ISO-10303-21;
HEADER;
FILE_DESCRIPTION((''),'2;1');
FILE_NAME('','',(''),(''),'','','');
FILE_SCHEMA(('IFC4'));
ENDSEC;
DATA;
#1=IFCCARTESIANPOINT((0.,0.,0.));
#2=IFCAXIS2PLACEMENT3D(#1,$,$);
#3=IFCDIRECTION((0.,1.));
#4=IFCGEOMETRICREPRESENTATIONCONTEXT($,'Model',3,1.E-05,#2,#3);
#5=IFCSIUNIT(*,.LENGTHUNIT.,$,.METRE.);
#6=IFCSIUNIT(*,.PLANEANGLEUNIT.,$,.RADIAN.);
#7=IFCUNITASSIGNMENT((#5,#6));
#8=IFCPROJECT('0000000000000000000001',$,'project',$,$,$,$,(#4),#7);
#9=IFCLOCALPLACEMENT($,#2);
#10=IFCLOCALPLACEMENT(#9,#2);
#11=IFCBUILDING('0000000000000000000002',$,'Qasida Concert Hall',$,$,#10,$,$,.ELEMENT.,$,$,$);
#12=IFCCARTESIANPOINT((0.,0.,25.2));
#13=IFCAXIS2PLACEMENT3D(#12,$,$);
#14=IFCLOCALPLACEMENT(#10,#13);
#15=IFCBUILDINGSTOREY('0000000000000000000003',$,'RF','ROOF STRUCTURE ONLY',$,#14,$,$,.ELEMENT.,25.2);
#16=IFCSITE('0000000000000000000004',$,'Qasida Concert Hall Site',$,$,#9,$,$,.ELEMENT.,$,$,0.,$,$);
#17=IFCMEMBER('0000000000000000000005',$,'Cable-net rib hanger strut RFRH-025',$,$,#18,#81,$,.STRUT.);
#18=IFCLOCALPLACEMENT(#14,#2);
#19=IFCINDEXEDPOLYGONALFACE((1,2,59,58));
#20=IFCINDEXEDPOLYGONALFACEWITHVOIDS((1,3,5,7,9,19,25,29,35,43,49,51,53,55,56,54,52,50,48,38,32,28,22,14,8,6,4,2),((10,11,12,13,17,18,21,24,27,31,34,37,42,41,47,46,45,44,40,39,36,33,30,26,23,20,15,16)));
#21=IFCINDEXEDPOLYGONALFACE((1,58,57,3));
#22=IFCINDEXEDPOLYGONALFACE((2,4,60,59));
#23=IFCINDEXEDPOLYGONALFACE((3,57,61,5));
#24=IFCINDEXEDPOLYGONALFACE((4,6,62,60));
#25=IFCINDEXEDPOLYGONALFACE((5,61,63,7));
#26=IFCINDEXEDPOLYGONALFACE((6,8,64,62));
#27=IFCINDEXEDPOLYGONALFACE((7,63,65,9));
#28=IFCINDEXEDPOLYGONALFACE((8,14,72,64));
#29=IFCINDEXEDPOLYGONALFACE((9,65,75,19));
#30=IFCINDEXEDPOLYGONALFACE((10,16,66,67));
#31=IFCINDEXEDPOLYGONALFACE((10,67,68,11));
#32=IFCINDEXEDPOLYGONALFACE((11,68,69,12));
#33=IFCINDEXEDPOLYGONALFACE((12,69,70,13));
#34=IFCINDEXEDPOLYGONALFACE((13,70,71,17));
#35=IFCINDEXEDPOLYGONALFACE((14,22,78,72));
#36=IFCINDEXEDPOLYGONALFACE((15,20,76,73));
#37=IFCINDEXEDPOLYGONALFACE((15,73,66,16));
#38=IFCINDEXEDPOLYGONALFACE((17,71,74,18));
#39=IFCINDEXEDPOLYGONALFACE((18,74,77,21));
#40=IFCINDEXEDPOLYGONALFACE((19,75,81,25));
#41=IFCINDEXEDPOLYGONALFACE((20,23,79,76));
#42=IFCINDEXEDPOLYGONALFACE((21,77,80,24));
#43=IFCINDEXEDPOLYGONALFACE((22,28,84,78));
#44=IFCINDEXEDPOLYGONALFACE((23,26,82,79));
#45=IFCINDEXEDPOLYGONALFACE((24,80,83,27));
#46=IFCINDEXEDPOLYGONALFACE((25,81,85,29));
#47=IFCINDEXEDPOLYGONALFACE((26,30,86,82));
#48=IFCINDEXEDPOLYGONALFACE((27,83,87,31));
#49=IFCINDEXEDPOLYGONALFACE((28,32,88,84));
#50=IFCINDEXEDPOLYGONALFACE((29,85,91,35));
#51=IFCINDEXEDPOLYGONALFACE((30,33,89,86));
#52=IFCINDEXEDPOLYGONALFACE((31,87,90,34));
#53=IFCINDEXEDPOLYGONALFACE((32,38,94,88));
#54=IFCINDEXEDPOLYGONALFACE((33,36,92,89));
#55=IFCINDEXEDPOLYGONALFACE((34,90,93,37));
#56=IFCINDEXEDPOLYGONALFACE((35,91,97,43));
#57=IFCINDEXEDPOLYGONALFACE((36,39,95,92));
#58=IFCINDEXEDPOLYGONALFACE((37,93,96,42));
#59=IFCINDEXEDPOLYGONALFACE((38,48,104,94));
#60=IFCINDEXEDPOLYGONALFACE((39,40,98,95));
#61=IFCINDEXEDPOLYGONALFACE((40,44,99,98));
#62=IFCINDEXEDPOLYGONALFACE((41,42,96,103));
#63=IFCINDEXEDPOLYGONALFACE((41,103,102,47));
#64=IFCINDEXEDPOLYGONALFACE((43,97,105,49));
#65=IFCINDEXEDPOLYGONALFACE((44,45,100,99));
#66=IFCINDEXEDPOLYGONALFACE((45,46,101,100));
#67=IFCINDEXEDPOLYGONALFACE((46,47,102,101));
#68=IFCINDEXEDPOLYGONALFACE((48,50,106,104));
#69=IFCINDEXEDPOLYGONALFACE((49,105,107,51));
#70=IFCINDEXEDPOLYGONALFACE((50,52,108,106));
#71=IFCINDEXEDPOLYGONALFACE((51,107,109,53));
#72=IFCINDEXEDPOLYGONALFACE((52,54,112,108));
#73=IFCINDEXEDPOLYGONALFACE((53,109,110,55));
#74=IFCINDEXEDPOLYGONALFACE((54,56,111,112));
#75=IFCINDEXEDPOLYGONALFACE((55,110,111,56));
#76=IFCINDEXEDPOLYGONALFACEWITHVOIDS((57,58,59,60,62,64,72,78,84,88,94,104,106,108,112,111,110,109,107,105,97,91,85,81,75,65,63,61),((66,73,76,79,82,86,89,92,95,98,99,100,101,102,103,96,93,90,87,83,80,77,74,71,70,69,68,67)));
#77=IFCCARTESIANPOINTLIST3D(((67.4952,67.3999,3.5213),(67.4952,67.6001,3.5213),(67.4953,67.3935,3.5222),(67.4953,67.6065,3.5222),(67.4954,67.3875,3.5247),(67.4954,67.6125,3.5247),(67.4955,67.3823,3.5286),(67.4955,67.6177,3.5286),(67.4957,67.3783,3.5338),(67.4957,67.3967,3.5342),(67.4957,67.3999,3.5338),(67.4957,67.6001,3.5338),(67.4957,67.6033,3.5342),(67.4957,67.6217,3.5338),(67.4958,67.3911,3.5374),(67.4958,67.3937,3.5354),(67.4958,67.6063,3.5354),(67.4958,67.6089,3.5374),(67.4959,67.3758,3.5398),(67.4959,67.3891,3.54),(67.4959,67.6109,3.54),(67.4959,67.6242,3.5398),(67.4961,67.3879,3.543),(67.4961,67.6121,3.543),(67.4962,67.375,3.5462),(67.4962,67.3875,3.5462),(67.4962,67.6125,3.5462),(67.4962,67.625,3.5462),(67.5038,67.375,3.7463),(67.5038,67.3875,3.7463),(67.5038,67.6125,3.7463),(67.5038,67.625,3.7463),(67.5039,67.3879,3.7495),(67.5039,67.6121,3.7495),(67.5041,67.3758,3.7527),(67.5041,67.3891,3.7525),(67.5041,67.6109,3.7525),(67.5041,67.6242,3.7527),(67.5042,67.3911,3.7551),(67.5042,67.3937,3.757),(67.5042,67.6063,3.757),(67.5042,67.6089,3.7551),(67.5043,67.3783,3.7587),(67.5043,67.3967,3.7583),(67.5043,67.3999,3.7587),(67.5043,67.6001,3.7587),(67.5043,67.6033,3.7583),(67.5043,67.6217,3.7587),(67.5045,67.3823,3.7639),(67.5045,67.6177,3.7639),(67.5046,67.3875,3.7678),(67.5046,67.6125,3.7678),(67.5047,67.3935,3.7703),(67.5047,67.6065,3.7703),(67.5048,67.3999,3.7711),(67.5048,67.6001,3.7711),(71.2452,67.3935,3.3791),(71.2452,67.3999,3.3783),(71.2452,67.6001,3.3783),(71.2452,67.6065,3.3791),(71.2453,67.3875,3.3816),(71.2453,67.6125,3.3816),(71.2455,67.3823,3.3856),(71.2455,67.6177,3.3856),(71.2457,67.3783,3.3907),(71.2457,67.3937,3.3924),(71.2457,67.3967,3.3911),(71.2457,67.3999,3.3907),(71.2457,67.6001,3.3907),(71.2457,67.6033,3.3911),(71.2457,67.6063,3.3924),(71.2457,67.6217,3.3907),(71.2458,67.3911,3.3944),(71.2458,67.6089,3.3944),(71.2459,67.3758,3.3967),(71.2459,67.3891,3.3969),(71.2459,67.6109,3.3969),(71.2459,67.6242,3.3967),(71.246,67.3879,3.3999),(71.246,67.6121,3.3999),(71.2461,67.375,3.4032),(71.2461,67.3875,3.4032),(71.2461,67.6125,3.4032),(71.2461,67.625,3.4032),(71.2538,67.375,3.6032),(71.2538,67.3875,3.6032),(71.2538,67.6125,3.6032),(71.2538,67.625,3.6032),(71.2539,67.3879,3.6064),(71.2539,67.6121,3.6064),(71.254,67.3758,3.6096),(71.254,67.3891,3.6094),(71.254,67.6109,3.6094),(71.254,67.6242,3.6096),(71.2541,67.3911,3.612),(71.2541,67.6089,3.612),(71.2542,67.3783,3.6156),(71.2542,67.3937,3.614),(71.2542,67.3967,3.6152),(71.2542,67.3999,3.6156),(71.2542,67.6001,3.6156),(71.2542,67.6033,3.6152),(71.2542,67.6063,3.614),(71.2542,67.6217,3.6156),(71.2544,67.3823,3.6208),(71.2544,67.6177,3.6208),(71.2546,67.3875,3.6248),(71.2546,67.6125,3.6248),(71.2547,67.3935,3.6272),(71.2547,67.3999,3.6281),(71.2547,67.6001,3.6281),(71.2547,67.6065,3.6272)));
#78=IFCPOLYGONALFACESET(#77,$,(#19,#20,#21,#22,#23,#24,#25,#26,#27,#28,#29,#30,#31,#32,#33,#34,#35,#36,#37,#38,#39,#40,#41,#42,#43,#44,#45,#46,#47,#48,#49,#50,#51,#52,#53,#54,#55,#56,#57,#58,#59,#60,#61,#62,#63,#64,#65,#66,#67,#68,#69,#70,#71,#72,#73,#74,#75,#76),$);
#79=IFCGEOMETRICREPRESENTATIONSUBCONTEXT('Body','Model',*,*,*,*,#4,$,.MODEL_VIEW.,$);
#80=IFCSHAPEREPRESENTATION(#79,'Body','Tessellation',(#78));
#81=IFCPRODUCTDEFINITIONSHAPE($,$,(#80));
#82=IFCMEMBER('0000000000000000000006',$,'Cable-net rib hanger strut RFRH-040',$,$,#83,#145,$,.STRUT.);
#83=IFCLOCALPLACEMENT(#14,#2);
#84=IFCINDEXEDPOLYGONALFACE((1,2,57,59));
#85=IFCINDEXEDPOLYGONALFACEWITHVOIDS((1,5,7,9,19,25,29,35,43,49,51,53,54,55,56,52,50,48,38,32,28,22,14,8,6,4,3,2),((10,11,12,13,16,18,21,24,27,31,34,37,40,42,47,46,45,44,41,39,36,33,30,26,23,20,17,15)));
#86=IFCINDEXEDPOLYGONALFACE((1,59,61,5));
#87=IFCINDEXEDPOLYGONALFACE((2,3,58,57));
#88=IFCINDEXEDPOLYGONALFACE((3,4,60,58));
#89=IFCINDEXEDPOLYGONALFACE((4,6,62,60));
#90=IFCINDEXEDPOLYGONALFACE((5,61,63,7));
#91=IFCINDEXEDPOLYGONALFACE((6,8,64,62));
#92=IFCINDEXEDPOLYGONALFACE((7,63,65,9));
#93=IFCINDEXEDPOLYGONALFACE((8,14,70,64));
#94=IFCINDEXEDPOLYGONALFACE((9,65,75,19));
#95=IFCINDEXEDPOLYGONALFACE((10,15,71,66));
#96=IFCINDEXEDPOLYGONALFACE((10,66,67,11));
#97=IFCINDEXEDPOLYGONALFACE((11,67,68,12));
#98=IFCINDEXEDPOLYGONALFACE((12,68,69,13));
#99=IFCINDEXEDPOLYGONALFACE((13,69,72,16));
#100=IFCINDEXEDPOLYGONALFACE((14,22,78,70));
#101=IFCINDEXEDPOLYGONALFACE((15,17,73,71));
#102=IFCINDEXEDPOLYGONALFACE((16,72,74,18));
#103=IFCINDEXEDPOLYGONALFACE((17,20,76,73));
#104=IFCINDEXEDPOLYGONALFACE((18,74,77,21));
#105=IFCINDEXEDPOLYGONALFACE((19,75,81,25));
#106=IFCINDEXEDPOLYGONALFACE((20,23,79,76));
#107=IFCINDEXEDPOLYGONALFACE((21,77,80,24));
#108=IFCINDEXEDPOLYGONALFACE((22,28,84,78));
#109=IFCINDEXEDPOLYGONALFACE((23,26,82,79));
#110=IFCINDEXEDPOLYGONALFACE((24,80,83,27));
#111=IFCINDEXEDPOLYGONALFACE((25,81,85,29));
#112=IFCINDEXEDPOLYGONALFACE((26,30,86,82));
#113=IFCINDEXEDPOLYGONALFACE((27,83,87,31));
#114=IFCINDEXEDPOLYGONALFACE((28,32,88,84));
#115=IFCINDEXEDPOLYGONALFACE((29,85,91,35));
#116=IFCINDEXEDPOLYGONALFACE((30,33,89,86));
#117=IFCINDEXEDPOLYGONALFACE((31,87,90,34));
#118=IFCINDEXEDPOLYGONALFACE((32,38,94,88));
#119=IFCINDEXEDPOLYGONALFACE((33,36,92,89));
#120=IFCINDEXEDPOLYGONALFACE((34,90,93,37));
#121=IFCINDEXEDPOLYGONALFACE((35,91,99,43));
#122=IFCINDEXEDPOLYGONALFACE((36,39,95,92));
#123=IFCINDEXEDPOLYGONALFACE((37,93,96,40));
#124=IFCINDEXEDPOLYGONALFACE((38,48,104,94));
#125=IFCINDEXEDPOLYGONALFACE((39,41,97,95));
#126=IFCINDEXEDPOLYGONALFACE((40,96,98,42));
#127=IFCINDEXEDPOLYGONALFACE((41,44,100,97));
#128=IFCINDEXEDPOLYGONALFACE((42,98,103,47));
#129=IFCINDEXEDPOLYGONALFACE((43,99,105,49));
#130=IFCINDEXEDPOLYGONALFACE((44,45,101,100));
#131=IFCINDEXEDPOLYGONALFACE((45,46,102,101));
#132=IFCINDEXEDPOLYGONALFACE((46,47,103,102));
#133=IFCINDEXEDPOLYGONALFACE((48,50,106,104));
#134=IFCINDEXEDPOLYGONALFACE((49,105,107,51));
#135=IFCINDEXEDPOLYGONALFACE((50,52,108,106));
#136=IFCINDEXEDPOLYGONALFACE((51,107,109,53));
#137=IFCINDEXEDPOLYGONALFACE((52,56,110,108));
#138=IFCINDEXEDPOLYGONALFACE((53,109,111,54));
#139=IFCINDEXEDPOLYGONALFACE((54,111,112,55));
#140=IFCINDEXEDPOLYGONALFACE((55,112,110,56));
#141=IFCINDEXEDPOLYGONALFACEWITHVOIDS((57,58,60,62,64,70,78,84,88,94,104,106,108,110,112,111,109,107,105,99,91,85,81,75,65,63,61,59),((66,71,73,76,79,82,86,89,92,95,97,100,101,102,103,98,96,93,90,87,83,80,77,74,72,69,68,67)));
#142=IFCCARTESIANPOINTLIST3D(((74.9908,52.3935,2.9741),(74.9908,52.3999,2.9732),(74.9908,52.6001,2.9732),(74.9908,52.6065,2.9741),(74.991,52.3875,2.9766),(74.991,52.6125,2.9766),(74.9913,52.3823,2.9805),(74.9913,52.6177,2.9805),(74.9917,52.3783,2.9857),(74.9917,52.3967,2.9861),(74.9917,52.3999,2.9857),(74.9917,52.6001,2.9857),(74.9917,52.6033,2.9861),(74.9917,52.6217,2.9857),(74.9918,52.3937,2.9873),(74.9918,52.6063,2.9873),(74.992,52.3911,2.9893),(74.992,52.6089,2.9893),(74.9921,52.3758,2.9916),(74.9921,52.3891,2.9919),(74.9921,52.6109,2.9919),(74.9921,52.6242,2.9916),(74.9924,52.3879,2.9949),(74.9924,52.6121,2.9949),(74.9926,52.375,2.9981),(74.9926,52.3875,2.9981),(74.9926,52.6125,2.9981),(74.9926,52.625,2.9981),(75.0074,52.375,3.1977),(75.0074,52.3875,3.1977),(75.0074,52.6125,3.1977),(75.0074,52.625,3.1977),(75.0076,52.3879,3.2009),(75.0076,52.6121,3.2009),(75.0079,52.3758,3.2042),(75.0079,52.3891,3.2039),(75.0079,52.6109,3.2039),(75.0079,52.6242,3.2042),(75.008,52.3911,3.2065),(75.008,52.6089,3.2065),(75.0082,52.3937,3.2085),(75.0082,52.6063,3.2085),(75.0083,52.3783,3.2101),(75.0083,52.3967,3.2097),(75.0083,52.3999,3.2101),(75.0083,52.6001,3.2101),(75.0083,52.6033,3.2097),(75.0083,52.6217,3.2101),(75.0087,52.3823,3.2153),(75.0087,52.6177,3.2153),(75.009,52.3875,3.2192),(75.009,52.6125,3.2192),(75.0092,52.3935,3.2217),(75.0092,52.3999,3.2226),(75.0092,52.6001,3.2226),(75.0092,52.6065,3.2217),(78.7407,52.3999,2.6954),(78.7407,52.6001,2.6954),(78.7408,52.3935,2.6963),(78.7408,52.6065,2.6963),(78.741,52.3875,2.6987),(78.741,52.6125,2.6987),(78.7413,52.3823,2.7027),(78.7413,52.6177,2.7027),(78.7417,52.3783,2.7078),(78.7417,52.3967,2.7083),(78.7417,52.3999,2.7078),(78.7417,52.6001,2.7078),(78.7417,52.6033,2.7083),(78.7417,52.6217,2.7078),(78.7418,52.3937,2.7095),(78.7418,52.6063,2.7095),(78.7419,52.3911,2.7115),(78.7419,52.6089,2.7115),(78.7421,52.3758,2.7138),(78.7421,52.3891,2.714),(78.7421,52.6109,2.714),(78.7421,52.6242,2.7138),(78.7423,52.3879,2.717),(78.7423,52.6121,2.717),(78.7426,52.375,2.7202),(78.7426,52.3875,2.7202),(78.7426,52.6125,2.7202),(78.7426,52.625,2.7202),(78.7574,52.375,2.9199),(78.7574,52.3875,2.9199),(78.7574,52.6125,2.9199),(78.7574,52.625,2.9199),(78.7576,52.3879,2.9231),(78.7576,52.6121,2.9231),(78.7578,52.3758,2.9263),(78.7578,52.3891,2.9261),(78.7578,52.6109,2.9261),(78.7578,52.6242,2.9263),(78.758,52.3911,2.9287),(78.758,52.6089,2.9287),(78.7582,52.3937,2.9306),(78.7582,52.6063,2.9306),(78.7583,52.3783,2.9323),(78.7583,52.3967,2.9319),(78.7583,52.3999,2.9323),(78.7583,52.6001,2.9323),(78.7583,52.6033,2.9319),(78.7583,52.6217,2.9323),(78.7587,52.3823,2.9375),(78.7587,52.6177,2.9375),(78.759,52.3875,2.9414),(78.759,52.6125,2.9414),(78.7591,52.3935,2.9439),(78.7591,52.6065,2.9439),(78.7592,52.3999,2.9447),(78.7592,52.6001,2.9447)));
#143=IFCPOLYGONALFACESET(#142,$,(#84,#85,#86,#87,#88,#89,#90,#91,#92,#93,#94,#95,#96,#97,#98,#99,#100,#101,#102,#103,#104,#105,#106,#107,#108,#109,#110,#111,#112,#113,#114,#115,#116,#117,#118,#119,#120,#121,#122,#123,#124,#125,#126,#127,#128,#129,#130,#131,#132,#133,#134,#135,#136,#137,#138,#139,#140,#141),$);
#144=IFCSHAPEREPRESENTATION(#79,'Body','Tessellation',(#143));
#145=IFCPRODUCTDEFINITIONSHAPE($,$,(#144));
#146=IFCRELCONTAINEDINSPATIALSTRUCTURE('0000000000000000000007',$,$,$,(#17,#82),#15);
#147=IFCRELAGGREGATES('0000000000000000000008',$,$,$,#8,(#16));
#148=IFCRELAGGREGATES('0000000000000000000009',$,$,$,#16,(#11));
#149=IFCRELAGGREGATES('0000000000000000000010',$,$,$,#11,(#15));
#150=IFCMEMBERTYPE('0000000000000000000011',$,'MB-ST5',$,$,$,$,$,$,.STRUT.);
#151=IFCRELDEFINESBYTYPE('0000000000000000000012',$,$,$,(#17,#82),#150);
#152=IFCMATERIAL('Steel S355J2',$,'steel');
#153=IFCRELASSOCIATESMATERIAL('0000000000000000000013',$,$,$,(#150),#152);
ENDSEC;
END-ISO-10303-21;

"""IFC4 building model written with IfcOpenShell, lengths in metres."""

from ifc_helpers import new_model, si_unit, direction, frame, origin, origin_2d, place, context, subcontext, project, spatial, hollow_rectangle, extrude, material, material_profile, profile_set, type_object, element, save


model = new_model("IFC4")

# Units and contexts
model_context = context("Model", 3, precision=1e-05, world=origin(), true_north=direction((0.0, 1.0)))
body_context = subcontext(model_context, "Body", "Model", "MODEL_VIEW")
ifc_project = project(units=[si_unit("LENGTHUNIT", "METRE"), si_unit("PLANEANGLEUNIT", "RADIAN")], contexts=[model_context])

# Site, building, storey
site_placement = place(None, origin())
site = spatial("IfcSite", under=ifc_project, at=site_placement, Name="Qasida Concert Hall Site", CompositionType="ELEMENT", RefElevation=0.0)
building_placement = place(site_placement, origin())
building = spatial("IfcBuilding", under=site, at=building_placement, Name="Qasida Concert Hall", CompositionType="ELEMENT")
storey_placement = place(building_placement, frame((0.0, 0.0, 25.2)))
storey = spatial("IfcBuildingStorey", under=building, at=storey_placement, Name="RF", Description="ROOF STRUCTURE ONLY", CompositionType="ELEMENT", Elevation=25.2)

# Members
ifc_material_1 = material(Name="Steel S355J2", Category="steel")
ifc_material_profile_1 = material_profile(ifc_material_1, hollow_rectangle(XDim=0.25, YDim=0.25, WallThickness=0.0125, InnerFilletRadius=0.0125, OuterFilletRadius=0.0249, at=origin_2d()), Name="SHS 250x250x12.5")
ifc_profile_set_1 = profile_set([ifc_material_profile_1], Name="Steel S355J2")
member_type_1 = type_object("IfcMemberType", Name="MB-ST5", PredefinedType="STRUT", material=ifc_profile_set_1)
member_1_placement = place(storey_placement, frame((67.5, 67.5, 3.6462), z_axis=(0.999273, 0.0, -0.038123), x_axis=(0.0, 1.0, 0.0)))
element("IfcMember", 1, at=member_1_placement, inside=storey, type_object=member_type_1, Name="Cable-net rib hanger strut RFRH-025", PredefinedType="STRUT", context=body_context, shape_type="SweptSolid", body=[
    extrude(hollow_rectangle(XDim=0.25, YDim=0.25, WallThickness=0.0125, InnerFilletRadius=0.0125, OuterFilletRadius=0.0249, at=origin_2d()), origin(), (0.0, 0.0, 1.0), 3.7527),
])
for number, where, z_axis, x_axis, name in (
    (2, (75.0, 52.5, 3.0979), (0.997267, 0.0, -0.073886), (0.0, 1.0, 0.0), "Cable-net rib hanger strut RFRH-040"),
):
    element("IfcMember", number, at=place(storey_placement, frame(where, z_axis=z_axis, x_axis=x_axis)), inside=storey, type_object=member_type_1, Name=name, PredefinedType="STRUT", context=body_context, shape_type="SweptSolid", body=[
        extrude(hollow_rectangle(XDim=0.25, YDim=0.25, WallThickness=0.0125, InnerFilletRadius=0.0125, OuterFilletRadius=0.0249, at=origin_2d()), origin(), (0.0, 0.0, 1.0), 3.7603),
    ])

save(model, "model.ifc")
